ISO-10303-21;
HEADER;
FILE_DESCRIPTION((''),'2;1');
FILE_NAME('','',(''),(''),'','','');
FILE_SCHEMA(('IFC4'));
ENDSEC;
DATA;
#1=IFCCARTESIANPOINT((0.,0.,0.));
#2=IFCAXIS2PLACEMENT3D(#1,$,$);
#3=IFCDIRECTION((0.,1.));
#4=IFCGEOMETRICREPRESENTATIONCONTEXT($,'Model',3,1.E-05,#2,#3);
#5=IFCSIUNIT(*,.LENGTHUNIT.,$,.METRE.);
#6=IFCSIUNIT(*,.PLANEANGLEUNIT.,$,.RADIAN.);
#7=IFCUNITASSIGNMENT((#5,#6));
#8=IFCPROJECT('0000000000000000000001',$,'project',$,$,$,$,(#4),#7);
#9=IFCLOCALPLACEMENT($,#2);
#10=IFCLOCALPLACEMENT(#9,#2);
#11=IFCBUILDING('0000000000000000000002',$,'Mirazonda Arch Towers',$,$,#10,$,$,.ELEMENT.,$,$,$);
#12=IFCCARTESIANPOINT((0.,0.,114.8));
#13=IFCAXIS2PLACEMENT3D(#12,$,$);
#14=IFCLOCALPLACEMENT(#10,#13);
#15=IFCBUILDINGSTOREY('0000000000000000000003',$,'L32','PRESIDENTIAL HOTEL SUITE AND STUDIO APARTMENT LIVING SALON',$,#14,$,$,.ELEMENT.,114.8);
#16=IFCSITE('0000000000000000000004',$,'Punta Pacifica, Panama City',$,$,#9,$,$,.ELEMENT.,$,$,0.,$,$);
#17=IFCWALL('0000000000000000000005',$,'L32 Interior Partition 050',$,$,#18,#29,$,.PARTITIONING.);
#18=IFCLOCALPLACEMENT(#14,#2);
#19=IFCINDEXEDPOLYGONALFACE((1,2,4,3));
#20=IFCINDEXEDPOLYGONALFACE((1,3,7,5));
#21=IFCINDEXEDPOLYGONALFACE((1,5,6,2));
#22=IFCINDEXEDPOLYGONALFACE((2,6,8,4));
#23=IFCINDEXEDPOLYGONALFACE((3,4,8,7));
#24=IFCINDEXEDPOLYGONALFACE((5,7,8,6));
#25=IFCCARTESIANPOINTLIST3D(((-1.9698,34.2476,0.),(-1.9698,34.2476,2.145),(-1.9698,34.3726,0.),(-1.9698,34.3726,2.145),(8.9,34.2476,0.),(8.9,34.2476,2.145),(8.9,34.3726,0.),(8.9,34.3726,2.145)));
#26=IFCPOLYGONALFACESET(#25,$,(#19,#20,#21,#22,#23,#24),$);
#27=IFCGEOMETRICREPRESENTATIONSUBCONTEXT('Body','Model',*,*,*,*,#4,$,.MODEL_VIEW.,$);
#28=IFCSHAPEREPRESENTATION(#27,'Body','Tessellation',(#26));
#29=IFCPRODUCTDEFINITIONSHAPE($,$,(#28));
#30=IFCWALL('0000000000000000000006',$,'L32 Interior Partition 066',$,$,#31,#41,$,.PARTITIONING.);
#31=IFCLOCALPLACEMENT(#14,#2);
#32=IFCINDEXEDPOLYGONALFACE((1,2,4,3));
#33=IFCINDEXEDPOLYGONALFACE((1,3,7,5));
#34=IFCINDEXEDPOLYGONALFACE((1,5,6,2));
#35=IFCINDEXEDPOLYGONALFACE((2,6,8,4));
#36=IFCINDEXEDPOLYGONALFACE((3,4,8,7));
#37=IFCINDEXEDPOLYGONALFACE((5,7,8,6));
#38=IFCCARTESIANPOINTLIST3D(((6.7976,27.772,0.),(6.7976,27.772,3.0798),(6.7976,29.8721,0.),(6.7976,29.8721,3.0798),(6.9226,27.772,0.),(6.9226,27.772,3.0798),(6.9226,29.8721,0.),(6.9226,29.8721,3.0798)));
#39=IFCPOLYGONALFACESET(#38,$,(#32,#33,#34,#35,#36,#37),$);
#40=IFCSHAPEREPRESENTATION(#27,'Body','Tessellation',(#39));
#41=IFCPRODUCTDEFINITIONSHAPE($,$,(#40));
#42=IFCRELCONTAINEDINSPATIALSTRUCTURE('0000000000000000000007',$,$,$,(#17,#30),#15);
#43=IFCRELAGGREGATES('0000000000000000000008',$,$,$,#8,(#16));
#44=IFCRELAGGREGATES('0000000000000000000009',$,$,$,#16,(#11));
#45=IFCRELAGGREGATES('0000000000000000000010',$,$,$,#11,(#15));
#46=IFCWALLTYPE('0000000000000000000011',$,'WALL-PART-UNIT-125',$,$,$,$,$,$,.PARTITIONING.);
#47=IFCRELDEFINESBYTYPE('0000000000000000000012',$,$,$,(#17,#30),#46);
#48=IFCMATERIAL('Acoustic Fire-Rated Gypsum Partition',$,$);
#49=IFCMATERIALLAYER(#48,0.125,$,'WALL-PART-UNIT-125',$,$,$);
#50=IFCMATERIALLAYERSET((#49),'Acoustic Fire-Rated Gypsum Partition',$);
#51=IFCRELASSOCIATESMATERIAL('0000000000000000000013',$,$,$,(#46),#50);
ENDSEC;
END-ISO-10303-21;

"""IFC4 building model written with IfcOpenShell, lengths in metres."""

from ifc_helpers import new_model, si_unit, direction, frame, frame_2d, origin, place, context, subcontext, project, spatial, rectangle, extrude, material, layer, layer_set, type_object, element, save


model = new_model("IFC4")

# Units and contexts
model_context = context("Model", 3, precision=1e-05, world=origin(), true_north=direction((0.0, 1.0)))
body_context = subcontext(model_context, "Body", "Model", "MODEL_VIEW")
ifc_project = project(units=[si_unit("LENGTHUNIT", "METRE"), si_unit("PLANEANGLEUNIT", "RADIAN")], contexts=[model_context])

# Site, building, storey
site_placement = place(None, origin())
site = spatial("IfcSite", under=ifc_project, at=site_placement, Name="Punta Pacifica, Panama City", CompositionType="ELEMENT", RefElevation=0.0)
building_placement = place(site_placement, origin())
building = spatial("IfcBuilding", under=site, at=building_placement, Name="Mirazonda Arch Towers", CompositionType="ELEMENT")
storey_placement = place(building_placement, frame((0.0, 0.0, 114.8)))
storey = spatial("IfcBuildingStorey", under=building, at=storey_placement, Name="L32", Description="PRESIDENTIAL HOTEL SUITE AND STUDIO APARTMENT LIVING SALON", CompositionType="ELEMENT", Elevation=114.8)

# Walls
ifc_material_1 = material(Name="Acoustic Fire-Rated Gypsum Partition")
ifc_layer_1 = layer(ifc_material_1, 0.125, Name="WALL-PART-UNIT-125")
ifc_layer_set_1 = layer_set([ifc_layer_1], Name="Acoustic Fire-Rated Gypsum Partition")
wall_type_1 = type_object("IfcWallType", Name="WALL-PART-UNIT-125", PredefinedType="PARTITIONING", material=ifc_layer_set_1)
wall_1_placement = place(storey_placement, frame((-1.97, 34.3101, 0.0), z_axis=(0.0, 0.0, 1.0), x_axis=(1.0, 0.0, 0.0)))
element("IfcWall", 1, at=wall_1_placement, inside=storey, type_object=wall_type_1, Name="L32 Interior Partition 050", PredefinedType="PARTITIONING", context=body_context, shape_type="SweptSolid", body=[
    extrude(rectangle(XDim=10.8699, YDim=0.125, at=frame_2d((5.4351, 0.0))), origin(), (0.0, 0.0, 1.0), 2.145),
])
wall_2_placement = place(storey_placement, frame((6.8601, 27.772, 0.0), z_axis=(0.0, 0.0, 1.0), x_axis=(0.0, 1.0, 0.0)))
element("IfcWall", 2, at=wall_2_placement, inside=storey, type_object=wall_type_1, Name="L32 Interior Partition 066", PredefinedType="PARTITIONING", context=body_context, shape_type="SweptSolid", body=[
    extrude(rectangle(XDim=2.1001, YDim=0.125, at=frame_2d((1.05, 0.0))), origin(), (0.0, 0.0, 1.0), 3.0798),
])

save(model, "model.ifc")
